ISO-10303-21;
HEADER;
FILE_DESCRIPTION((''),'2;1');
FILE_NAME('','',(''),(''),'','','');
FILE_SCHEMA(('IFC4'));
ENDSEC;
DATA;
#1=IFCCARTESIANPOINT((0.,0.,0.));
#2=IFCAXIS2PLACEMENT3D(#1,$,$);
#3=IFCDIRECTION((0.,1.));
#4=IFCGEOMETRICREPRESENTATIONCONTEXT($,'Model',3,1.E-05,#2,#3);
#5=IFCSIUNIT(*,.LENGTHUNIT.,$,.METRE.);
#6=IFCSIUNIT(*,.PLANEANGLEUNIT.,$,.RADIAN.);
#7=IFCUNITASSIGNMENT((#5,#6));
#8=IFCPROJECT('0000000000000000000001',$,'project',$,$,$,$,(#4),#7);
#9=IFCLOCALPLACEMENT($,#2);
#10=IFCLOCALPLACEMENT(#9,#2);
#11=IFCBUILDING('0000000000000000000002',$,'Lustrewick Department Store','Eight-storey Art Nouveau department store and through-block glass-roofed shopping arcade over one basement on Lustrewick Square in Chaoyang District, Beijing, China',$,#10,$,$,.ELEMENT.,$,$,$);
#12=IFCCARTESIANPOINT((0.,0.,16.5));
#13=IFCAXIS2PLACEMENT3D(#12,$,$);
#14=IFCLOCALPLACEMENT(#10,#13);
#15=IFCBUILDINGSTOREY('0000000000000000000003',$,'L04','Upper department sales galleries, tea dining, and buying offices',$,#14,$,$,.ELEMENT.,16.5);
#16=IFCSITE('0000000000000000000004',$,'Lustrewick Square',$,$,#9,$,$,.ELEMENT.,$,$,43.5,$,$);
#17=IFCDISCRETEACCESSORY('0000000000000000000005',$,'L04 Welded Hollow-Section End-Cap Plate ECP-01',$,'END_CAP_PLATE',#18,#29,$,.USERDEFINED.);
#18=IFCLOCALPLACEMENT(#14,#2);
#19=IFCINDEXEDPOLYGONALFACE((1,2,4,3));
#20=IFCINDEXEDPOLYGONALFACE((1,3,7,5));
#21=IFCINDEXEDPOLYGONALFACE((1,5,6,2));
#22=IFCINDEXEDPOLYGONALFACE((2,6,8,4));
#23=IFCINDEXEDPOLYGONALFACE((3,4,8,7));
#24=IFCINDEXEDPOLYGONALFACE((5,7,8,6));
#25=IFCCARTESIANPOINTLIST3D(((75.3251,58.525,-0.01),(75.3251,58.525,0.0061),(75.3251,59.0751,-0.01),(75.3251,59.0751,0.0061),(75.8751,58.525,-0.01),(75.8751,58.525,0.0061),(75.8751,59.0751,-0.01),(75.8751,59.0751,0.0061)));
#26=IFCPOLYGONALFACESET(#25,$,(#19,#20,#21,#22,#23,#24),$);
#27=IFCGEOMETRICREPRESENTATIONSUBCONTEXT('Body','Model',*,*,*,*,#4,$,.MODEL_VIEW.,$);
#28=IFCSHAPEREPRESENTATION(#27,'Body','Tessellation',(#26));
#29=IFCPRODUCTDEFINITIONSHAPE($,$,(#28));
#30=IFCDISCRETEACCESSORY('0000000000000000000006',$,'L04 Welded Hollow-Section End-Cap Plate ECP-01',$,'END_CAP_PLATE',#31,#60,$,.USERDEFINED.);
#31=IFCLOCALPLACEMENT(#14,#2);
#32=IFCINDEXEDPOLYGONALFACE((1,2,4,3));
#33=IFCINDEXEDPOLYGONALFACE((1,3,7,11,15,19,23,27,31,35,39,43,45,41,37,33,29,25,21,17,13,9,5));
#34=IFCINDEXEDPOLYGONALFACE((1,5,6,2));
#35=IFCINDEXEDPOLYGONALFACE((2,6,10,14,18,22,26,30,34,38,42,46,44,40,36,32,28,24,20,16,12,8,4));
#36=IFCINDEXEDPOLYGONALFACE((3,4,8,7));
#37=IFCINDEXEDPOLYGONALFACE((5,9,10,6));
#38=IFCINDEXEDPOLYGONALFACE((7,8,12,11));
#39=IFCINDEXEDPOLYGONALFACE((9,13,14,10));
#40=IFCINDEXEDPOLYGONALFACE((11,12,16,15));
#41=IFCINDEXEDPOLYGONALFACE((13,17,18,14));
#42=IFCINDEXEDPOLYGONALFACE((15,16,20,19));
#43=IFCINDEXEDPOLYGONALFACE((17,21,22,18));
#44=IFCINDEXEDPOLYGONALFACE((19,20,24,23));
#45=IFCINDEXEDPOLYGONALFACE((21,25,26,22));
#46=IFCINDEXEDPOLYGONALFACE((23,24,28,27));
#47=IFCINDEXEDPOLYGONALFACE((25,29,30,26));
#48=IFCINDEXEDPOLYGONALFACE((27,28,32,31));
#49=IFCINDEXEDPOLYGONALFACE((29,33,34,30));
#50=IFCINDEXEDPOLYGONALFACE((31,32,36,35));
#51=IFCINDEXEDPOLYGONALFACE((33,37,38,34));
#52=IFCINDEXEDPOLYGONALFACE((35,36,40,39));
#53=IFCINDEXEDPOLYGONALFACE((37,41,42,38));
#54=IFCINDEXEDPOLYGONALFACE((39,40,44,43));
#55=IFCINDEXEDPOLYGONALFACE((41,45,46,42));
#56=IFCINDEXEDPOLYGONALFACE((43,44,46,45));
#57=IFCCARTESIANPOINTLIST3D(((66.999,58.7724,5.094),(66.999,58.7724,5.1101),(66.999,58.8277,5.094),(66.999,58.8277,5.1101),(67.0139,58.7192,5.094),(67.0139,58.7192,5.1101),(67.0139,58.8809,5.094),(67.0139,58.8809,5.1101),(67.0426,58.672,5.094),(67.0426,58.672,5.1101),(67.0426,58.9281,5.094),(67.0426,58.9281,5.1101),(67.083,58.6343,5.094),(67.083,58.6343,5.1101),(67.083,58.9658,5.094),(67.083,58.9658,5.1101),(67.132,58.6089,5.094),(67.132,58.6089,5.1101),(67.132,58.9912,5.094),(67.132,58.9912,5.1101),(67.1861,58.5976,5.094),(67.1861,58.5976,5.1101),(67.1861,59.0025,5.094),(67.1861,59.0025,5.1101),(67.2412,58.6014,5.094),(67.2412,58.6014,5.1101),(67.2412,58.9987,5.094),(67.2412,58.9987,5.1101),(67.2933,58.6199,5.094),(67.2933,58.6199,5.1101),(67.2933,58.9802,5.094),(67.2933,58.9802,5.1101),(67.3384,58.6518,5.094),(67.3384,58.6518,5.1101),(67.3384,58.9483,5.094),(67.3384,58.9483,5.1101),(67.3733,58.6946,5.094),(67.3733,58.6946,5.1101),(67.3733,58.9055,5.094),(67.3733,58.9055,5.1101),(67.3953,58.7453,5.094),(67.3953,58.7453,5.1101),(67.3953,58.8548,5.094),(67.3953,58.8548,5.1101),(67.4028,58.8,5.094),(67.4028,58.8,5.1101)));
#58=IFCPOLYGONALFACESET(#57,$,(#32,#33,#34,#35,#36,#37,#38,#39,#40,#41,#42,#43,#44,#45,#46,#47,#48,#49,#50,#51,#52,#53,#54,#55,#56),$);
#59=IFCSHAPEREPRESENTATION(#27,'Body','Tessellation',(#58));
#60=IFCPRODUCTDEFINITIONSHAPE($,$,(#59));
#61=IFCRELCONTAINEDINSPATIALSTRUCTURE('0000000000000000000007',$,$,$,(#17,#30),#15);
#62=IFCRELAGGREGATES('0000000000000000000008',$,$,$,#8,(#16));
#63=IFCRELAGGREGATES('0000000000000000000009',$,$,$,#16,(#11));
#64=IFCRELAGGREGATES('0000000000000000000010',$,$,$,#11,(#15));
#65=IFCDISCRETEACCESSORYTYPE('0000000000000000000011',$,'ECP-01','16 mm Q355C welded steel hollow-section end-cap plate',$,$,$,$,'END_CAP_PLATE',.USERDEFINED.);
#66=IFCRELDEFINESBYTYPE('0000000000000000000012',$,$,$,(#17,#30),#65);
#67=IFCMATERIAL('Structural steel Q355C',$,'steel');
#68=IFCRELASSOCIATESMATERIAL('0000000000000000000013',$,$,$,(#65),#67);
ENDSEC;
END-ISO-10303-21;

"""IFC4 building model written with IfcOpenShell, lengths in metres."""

from ifc_helpers import new_model, si_unit, direction, frame, origin, origin_2d, place, context, subcontext, project, spatial, rectangle, circle, extrude, material, type_object, element, save


model = new_model("IFC4")

# Units and contexts
model_context = context("Model", 3, precision=1e-05, world=origin(), true_north=direction((0.0, 1.0)))
body_context = subcontext(model_context, "Body", "Model", "MODEL_VIEW")
ifc_project = project(units=[si_unit("LENGTHUNIT", "METRE"), si_unit("PLANEANGLEUNIT", "RADIAN")], contexts=[model_context])

# Site, building, storey
site_placement = place(None, origin())
site = spatial("IfcSite", under=ifc_project, at=site_placement, Name="Lustrewick Square", CompositionType="ELEMENT", RefElevation=43.5)
building_placement = place(site_placement, origin())
building = spatial("IfcBuilding", under=site, at=building_placement, Name="Lustrewick Department Store", Description="Eight-storey Art Nouveau department store and through-block glass-roofed shopping arcade over one basement on Lustrewick Square in Chaoyang District, Beijing, China", CompositionType="ELEMENT")
storey_placement = place(building_placement, frame((0.0, 0.0, 16.5)))
storey = spatial("IfcBuildingStorey", under=building, at=storey_placement, Name="L04", Description="Upper department sales galleries, tea dining, and buying offices", CompositionType="ELEMENT", Elevation=16.5)

# Shared definitions
ifc_material_1 = material(Name="Structural steel Q355C", Category="steel")

# Discrete accessories
discrete_accessory_type = type_object("IfcDiscreteAccessoryType", Name="ECP-01", Description="16 mm Q355C welded steel hollow-section end-cap plate", ElementType="END_CAP_PLATE", PredefinedType="USERDEFINED", material=ifc_material_1)
for number, where, z_axis, x_axis, name in (
    (1, (75.6001, 58.8, 0.0061), (0.0, 0.0, -1.0), (1.0, 0.0, 0.0), "L04 Welded Hollow-Section End-Cap Plate ECP-01"),
):
    element("IfcDiscreteAccessory", number, at=place(storey_placement, frame(where, z_axis=z_axis, x_axis=x_axis)), inside=storey, type_object=discrete_accessory_type, Name=name, ObjectType="END_CAP_PLATE", PredefinedType="USERDEFINED", context=body_context, shape_type="SweptSolid", body=[
        extrude(rectangle(XDim=0.55, YDim=0.55, at=origin_2d()), origin(), (0.0, 0.0, 1.0), 0.0161),
    ])
discrete_accessory_placement = place(storey_placement, frame((67.2, 58.8, 5.094), z_axis=(0.0, 0.0, 1.0), x_axis=(1.0, 0.0, 0.0)))
element("IfcDiscreteAccessory", 2, at=discrete_accessory_placement, inside=storey, type_object=discrete_accessory_type, Name="L04 Welded Hollow-Section End-Cap Plate ECP-01", ObjectType="END_CAP_PLATE", PredefinedType="USERDEFINED", context=body_context, shape_type="SweptSolid", body=[
    extrude(circle(Radius=0.2029, at=origin_2d()), origin(), (0.0, 0.0, 1.0), 0.0161),
])

save(model, "model.ifc")
